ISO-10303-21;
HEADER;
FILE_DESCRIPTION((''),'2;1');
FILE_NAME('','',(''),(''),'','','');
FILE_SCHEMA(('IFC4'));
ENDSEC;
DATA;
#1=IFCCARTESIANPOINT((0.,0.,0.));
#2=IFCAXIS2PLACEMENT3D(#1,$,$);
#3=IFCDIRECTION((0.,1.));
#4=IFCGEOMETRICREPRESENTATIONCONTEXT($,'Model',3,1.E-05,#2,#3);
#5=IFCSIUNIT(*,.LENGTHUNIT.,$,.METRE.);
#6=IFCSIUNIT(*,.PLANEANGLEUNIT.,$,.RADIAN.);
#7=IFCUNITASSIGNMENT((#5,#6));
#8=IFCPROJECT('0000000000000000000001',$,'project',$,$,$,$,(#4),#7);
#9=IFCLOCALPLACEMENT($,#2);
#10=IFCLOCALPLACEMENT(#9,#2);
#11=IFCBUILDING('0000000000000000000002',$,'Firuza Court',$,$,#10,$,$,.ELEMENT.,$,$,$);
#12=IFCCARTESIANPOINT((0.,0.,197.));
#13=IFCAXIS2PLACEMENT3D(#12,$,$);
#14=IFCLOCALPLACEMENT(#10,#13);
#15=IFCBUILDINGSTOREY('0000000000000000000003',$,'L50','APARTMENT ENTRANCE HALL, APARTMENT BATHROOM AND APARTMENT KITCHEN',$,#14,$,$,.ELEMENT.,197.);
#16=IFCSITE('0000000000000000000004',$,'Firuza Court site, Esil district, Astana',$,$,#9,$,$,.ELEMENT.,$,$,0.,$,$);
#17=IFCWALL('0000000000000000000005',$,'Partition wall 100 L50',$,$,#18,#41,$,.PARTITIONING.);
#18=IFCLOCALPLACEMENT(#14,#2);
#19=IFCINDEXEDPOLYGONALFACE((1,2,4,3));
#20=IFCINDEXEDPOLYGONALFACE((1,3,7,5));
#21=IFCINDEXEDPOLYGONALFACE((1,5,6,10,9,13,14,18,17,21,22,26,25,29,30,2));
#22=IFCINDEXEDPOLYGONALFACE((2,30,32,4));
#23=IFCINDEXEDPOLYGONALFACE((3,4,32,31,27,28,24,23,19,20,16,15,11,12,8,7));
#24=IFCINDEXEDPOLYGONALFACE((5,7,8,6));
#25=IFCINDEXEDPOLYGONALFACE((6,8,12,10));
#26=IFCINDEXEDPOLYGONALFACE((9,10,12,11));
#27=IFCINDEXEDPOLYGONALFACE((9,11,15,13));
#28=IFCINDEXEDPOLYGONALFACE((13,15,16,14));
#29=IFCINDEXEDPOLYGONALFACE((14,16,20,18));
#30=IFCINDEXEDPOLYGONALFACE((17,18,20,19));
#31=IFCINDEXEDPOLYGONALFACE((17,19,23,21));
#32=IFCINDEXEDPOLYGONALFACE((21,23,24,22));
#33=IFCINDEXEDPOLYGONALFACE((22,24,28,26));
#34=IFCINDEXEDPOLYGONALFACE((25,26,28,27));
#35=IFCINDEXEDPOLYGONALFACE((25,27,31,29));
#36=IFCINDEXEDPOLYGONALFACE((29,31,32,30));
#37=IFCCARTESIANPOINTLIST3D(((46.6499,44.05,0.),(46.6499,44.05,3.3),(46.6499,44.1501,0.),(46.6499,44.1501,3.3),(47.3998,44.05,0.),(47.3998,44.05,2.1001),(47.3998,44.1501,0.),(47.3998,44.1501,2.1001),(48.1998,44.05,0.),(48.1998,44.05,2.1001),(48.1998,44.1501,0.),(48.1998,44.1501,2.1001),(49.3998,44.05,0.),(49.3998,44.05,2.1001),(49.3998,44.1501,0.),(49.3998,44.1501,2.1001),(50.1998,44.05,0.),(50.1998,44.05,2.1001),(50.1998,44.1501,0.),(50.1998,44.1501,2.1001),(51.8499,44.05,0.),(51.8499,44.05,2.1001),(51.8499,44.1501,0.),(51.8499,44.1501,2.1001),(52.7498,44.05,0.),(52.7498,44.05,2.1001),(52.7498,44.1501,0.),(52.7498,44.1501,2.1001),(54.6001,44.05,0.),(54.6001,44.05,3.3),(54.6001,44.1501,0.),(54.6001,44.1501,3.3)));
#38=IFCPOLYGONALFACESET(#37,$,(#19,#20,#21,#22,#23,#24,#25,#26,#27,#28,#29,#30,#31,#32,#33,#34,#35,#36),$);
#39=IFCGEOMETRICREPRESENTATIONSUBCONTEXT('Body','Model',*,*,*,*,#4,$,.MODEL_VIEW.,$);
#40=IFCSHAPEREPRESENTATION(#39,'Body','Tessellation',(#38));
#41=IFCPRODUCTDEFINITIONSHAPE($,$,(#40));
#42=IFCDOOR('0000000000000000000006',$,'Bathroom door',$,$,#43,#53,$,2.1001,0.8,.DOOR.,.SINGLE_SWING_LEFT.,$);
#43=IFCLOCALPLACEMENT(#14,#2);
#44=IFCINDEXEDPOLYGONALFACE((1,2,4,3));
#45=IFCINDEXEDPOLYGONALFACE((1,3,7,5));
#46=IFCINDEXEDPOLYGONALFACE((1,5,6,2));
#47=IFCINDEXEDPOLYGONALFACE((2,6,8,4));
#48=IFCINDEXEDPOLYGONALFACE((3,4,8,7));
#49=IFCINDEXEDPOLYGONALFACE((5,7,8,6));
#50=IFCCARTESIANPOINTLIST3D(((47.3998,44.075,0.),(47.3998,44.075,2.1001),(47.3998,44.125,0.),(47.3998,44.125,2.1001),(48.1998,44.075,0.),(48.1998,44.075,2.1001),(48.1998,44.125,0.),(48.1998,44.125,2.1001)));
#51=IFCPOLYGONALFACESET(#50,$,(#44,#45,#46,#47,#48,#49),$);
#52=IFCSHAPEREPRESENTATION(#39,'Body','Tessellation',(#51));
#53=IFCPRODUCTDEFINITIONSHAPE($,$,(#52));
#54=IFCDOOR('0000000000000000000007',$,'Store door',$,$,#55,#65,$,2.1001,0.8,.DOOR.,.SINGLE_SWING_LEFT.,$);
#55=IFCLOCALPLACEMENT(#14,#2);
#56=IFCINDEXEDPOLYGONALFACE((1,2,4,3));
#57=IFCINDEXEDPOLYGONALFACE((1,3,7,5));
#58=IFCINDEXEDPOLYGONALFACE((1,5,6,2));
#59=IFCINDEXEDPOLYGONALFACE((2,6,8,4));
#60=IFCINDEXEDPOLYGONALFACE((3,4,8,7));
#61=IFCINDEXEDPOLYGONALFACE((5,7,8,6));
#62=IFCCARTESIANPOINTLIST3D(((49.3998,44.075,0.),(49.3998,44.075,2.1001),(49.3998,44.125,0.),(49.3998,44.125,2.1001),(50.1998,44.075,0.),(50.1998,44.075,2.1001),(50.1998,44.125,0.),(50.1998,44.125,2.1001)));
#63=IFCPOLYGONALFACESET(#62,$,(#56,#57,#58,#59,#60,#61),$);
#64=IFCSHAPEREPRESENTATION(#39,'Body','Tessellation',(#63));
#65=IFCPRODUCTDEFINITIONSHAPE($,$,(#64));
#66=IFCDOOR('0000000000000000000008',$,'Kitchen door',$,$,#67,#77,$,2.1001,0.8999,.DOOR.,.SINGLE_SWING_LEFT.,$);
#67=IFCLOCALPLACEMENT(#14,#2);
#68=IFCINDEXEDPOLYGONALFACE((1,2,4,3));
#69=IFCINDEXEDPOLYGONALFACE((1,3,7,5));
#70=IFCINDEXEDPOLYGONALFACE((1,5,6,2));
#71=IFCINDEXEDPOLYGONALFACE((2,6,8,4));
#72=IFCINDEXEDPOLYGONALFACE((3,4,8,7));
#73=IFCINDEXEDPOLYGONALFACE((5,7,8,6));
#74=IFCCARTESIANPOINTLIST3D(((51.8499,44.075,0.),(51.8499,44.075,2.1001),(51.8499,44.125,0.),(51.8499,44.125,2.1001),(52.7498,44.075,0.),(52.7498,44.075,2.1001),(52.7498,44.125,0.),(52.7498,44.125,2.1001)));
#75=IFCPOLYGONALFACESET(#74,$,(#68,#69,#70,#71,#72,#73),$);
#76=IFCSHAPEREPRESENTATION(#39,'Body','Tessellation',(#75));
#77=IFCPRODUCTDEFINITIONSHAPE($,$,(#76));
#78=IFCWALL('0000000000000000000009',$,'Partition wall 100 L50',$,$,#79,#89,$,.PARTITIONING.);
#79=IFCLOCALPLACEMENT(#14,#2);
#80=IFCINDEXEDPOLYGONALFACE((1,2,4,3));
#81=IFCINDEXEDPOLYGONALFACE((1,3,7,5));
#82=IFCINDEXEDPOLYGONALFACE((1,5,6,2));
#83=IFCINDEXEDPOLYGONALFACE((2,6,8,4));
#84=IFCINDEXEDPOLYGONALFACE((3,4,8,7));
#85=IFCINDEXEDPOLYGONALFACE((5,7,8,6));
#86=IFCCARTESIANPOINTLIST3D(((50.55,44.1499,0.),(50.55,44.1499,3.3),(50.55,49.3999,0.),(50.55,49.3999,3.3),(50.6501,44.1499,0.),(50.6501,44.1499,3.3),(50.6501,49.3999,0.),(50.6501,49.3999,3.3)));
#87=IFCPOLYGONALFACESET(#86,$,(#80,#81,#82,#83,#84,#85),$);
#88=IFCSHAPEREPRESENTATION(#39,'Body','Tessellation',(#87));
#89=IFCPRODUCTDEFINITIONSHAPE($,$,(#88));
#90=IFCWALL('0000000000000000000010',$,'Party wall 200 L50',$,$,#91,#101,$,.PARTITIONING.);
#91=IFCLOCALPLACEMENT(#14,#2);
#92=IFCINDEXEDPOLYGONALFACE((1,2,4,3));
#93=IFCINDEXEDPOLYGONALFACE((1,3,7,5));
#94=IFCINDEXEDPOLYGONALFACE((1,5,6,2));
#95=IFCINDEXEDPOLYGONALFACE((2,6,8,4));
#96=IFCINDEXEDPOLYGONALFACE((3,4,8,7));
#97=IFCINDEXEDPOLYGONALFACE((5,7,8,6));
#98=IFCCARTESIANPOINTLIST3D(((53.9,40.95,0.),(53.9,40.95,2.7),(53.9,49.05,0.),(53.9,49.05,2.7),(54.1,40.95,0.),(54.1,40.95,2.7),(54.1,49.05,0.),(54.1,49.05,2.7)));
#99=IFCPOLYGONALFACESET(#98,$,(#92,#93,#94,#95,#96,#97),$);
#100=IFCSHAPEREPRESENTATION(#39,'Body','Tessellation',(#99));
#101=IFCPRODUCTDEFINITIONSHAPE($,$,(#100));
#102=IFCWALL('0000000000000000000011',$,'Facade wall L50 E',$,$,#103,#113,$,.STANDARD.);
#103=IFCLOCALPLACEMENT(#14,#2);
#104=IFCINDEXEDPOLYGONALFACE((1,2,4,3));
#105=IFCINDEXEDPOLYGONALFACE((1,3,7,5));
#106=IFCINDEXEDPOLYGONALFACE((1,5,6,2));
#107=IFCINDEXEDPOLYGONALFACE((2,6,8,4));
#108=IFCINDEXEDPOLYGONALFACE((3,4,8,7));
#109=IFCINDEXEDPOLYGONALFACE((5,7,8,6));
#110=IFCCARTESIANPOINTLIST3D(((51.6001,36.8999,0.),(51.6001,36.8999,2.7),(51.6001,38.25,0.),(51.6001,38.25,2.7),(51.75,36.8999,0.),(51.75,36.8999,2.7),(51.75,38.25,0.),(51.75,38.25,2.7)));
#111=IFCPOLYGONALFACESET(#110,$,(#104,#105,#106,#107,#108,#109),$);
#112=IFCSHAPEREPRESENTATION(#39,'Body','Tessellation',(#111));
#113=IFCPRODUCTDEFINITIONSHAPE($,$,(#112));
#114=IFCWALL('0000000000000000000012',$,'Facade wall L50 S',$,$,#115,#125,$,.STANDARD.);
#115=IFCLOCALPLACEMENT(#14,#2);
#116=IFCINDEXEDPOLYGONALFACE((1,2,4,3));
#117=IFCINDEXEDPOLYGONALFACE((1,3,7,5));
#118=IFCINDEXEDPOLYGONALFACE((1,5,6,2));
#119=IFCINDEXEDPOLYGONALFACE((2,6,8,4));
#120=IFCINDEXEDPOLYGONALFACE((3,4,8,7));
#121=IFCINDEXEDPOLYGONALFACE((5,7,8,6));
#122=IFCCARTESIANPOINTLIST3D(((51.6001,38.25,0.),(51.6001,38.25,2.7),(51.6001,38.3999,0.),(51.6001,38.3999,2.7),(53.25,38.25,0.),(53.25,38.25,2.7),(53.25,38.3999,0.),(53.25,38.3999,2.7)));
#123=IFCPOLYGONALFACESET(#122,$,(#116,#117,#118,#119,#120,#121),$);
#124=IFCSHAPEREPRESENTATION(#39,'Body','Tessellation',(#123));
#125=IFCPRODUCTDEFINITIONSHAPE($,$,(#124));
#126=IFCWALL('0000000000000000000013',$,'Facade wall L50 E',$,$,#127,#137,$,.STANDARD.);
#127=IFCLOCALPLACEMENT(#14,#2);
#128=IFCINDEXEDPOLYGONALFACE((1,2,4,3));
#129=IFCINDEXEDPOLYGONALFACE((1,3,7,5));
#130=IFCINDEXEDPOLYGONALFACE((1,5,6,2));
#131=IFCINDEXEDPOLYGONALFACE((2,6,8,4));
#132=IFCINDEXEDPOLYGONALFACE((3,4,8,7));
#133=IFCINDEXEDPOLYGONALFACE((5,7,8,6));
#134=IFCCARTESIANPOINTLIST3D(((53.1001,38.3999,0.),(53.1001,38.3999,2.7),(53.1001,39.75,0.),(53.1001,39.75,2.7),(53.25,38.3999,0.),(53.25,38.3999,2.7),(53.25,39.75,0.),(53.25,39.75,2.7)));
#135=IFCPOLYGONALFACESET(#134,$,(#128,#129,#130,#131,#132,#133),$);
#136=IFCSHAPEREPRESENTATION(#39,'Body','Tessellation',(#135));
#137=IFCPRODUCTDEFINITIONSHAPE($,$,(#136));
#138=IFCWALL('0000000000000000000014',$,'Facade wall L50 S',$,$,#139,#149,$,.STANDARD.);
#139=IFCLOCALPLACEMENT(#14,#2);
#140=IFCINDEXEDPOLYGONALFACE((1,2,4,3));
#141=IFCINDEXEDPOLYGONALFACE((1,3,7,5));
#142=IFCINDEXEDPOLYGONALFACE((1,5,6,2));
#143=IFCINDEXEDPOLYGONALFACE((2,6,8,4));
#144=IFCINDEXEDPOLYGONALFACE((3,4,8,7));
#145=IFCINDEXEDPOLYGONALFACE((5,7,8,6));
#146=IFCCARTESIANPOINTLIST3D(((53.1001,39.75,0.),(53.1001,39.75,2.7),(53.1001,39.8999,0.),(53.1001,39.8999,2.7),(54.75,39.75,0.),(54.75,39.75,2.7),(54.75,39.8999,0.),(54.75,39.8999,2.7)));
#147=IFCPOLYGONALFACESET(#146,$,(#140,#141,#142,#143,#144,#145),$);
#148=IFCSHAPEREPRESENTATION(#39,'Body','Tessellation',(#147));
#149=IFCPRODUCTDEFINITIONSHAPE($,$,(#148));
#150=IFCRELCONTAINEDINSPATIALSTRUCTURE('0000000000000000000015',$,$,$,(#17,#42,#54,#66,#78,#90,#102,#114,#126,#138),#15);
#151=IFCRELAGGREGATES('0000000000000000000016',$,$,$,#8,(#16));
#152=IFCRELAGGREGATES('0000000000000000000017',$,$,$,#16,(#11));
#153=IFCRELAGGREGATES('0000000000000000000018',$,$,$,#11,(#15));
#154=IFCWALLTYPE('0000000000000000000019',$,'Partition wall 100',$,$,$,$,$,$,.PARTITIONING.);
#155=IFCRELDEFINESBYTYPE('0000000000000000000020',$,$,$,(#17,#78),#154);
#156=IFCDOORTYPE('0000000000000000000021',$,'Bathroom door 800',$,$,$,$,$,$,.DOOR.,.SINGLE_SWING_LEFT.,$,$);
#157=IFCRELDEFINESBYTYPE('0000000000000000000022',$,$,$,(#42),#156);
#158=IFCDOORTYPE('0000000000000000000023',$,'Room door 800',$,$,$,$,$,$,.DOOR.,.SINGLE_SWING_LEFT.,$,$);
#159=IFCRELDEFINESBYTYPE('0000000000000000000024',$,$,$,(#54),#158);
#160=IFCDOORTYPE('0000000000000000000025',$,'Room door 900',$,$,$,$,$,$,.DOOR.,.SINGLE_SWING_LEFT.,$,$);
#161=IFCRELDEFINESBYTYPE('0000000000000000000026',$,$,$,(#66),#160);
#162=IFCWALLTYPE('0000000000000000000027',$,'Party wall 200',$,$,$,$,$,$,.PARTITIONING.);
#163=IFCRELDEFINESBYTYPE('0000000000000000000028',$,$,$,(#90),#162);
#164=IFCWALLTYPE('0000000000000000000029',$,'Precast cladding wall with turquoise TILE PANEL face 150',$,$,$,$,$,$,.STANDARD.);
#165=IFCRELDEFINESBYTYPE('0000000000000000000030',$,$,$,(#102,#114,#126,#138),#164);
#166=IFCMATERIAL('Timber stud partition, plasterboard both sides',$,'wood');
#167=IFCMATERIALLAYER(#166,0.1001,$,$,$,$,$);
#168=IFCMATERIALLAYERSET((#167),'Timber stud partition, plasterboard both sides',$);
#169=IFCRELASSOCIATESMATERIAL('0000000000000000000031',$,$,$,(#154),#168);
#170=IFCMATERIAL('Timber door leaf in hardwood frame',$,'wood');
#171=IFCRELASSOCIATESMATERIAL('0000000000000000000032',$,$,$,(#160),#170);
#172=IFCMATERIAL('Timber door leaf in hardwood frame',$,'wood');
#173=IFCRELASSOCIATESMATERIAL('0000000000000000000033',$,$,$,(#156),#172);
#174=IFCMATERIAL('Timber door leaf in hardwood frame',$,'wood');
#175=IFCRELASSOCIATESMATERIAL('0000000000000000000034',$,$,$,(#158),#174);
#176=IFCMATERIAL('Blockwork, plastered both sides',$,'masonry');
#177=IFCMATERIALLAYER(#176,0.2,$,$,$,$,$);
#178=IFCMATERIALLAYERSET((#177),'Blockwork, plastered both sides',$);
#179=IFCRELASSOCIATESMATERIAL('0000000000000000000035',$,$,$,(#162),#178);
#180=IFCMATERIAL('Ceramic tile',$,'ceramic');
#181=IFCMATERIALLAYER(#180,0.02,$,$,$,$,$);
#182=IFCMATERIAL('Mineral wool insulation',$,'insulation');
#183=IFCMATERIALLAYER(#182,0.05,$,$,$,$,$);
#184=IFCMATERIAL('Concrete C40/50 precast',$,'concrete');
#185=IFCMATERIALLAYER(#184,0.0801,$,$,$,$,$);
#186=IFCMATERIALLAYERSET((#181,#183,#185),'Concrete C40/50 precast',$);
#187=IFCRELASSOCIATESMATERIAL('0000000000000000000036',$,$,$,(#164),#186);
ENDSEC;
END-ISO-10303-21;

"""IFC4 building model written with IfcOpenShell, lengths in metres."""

from ifc_helpers import new_model, si_unit, direction, frame, frame_2d, origin, place, context, subcontext, project, spatial, rectangle, extrude, material, layer, layer_set, type_object, element, fill, save


model = new_model("IFC4")

# Units and contexts
model_context = context("Model", 3, precision=1e-05, world=origin(), true_north=direction((0.0, 1.0)))
body_context = subcontext(model_context, "Body", "Model", "MODEL_VIEW")
ifc_project = project(units=[si_unit("LENGTHUNIT", "METRE"), si_unit("PLANEANGLEUNIT", "RADIAN")], contexts=[model_context])

# Site, building, storey
site_placement = place(None, origin())
site = spatial("IfcSite", under=ifc_project, at=site_placement, Name="Firuza Court site, Esil district, Astana", CompositionType="ELEMENT", RefElevation=0.0)
building_placement = place(site_placement, origin())
building = spatial("IfcBuilding", under=site, at=building_placement, Name="Firuza Court", CompositionType="ELEMENT")
storey_placement = place(building_placement, frame((0.0, 0.0, 197.0)))
storey = spatial("IfcBuildingStorey", under=building, at=storey_placement, Name="L50", Description="APARTMENT ENTRANCE HALL, APARTMENT BATHROOM AND APARTMENT KITCHEN", CompositionType="ELEMENT", Elevation=197.0)

# Shared definitions
ifc_material_1 = material(Name="Timber stud partition, plasterboard both sides", Category="wood")
ifc_layer_1 = layer(ifc_material_1, 0.1001)
ifc_layer_set_1 = layer_set([ifc_layer_1], Name="Timber stud partition, plasterboard both sides")
wall_type_1 = type_object("IfcWallType", Name="Partition wall 100", PredefinedType="PARTITIONING", material=ifc_layer_set_1)
ifc_material_2 = material(Name="Timber door leaf in hardwood frame", Category="wood")
door_type_1 = type_object("IfcDoorType", Name="Room door 900", OperationType="SINGLE_SWING_LEFT", PredefinedType="DOOR", material=ifc_material_2)

# Wall, openings, doors
wall_1_placement = place(storey_placement, frame((46.6499, 44.1001, 0.0), z_axis=(0.0, 0.0, 1.0), x_axis=(1.0, 0.0, 0.0)))
wall_1 = element("IfcWall", 1, at=wall_1_placement, inside=storey, type_object=wall_type_1, Name="Partition wall 100 L50", PredefinedType="PARTITIONING", context=body_context, shape_type="SweptSolid", body=[
    extrude(rectangle(XDim=7.9502, YDim=0.1001, at=frame_2d((3.9751, 0.0))), origin(), (0.0, 0.0, 1.0), 3.3),
])
opening_1_placement = place(wall_1_placement, frame((0.75, 0.0, 0.0)))
opening_1 = element("IfcOpeningElement", 2, at=opening_1_placement, cuts=wall_1, PredefinedType="OPENING", context=body_context, shape_type="SweptSolid", body=[
    extrude(rectangle(XDim=0.8, YDim=2.1001, at=frame_2d((0.3999, 1.05))), frame((0.0, 0.062, 0.0), z_axis=(0.0, -1.0, 0.0), x_axis=(1.0, 0.0, 0.0)), (0.0, 0.0, 1.0), 0.124),
])
opening_2_placement = place(wall_1_placement, frame((5.2, 0.0, 0.0)))
opening_2 = element("IfcOpeningElement", 3, at=opening_2_placement, cuts=wall_1, PredefinedType="OPENING", context=body_context, shape_type="SweptSolid", body=[
    extrude(rectangle(XDim=0.8999, YDim=2.1001, at=frame_2d((0.45, 1.05))), frame((0.0, 0.062, 0.0), z_axis=(0.0, -1.0, 0.0), x_axis=(1.0, 0.0, 0.0)), (0.0, 0.0, 1.0), 0.124),
])
opening_3_placement = place(wall_1_placement, frame((2.75, 0.0, 0.0)))
opening_3 = element("IfcOpeningElement", 4, at=opening_3_placement, cuts=wall_1, PredefinedType="OPENING", context=body_context, shape_type="SweptSolid", body=[
    extrude(rectangle(XDim=0.8, YDim=2.1001, at=frame_2d((0.3999, 1.05))), frame((0.0, 0.062, 0.0), z_axis=(0.0, -1.0, 0.0), x_axis=(1.0, 0.0, 0.0)), (0.0, 0.0, 1.0), 0.124),
])
ifc_material_3 = material(Name="Timber door leaf in hardwood frame", Category="wood")
door_type_2 = type_object("IfcDoorType", Name="Bathroom door 800", OperationType="SINGLE_SWING_LEFT", PredefinedType="DOOR", material=ifc_material_3)
door_1_placement = place(opening_1_placement, origin())
door_1 = element("IfcDoor", 5, at=door_1_placement, inside=storey, type_object=door_type_2, Name="Bathroom door", OperationType="SINGLE_SWING_LEFT", OverallHeight=2.1001, OverallWidth=0.8, PredefinedType="DOOR", context=body_context, shape_type="SweptSolid", body=[
    extrude(rectangle(XDim=0.8, YDim=2.1001, at=frame_2d((0.3999, 1.05))), frame((0.0, 0.0249, 0.0), z_axis=(0.0, -1.0, 0.0), x_axis=(1.0, 0.0, 0.0)), (0.0, 0.0, 1.0), 0.05),
])
fill(opening_1, door_1)
ifc_material_4 = material(Name="Timber door leaf in hardwood frame", Category="wood")
door_type_3 = type_object("IfcDoorType", Name="Room door 800", OperationType="SINGLE_SWING_LEFT", PredefinedType="DOOR", material=ifc_material_4)
door_2_placement = place(opening_3_placement, origin())
door_2 = element("IfcDoor", 6, at=door_2_placement, inside=storey, type_object=door_type_3, Name="Store door", OperationType="SINGLE_SWING_LEFT", OverallHeight=2.1001, OverallWidth=0.8, PredefinedType="DOOR", context=body_context, shape_type="SweptSolid", body=[
    extrude(rectangle(XDim=0.8, YDim=2.1001, at=frame_2d((0.3999, 1.05))), frame((0.0, 0.0249, 0.0), z_axis=(0.0, -1.0, 0.0), x_axis=(1.0, 0.0, 0.0)), (0.0, 0.0, 1.0), 0.05),
])
fill(opening_3, door_2)
door_3_placement = place(opening_2_placement, origin())
door_3 = element("IfcDoor", 7, at=door_3_placement, inside=storey, type_object=door_type_1, Name="Kitchen door", OperationType="SINGLE_SWING_LEFT", OverallHeight=2.1001, OverallWidth=0.8999, PredefinedType="DOOR", context=body_context, shape_type="SweptSolid", body=[
    extrude(rectangle(XDim=0.8999, YDim=2.1001, at=frame_2d((0.45, 1.05))), frame((0.0, 0.0249, 0.0), z_axis=(0.0, -1.0, 0.0), x_axis=(1.0, 0.0, 0.0)), (0.0, 0.0, 1.0), 0.05),
])
fill(opening_2, door_3)

# Walls
wall_2_placement = place(storey_placement, frame((50.6001, 44.1499, 0.0), z_axis=(0.0, 0.0, 1.0), x_axis=(0.0, 1.0, 0.0)))
element("IfcWall", 8, at=wall_2_placement, inside=storey, type_object=wall_type_1, Name="Partition wall 100 L50", PredefinedType="PARTITIONING", context=body_context, shape_type="SweptSolid", body=[
    extrude(rectangle(XDim=5.25, YDim=0.1001, at=frame_2d((2.625, 0.0))), origin(), (0.0, 0.0, 1.0), 3.3),
])
ifc_material_5 = material(Name="Blockwork, plastered both sides", Category="masonry")
ifc_layer_2 = layer(ifc_material_5, 0.2)
ifc_layer_set_2 = layer_set([ifc_layer_2], Name="Blockwork, plastered both sides")
wall_type_2 = type_object("IfcWallType", Name="Party wall 200", PredefinedType="PARTITIONING", material=ifc_layer_set_2)
wall_3_placement = place(storey_placement, frame((54.0, 40.95, 0.0), z_axis=(0.0, 0.0, 1.0), x_axis=(0.0, 1.0, 0.0)))
element("IfcWall", 9, at=wall_3_placement, inside=storey, type_object=wall_type_2, Name="Party wall 200 L50", PredefinedType="PARTITIONING", context=body_context, shape_type="SweptSolid", body=[
    extrude(rectangle(XDim=8.1001, YDim=0.2, at=frame_2d((4.05, 0.0))), origin(), (0.0, 0.0, 1.0), 2.7),
])
ifc_material_6 = material(Name="Ceramic tile", Category="ceramic")
ifc_layer_3 = layer(ifc_material_6, 0.02)
ifc_material_7 = material(Name="Mineral wool insulation", Category="insulation")
ifc_layer_4 = layer(ifc_material_7, 0.05)
ifc_material_8 = material(Name="Concrete C40/50 precast", Category="concrete")
ifc_layer_5 = layer(ifc_material_8, 0.0801)
ifc_layer_set_3 = layer_set([ifc_layer_3, ifc_layer_4, ifc_layer_5], Name="Concrete C40/50 precast")
wall_type_3 = type_object("IfcWallType", Name="Precast cladding wall with turquoise TILE PANEL face 150", PredefinedType="STANDARD", material=ifc_layer_set_3)
wall_4_placement = place(storey_placement, frame((51.675, 36.8999, 0.0), z_axis=(0.0, 0.0, 1.0), x_axis=(0.0, 1.0, 0.0)))
element("IfcWall", 10, at=wall_4_placement, inside=storey, type_object=wall_type_3, Name="Facade wall L50 E", PredefinedType="STANDARD", context=body_context, shape_type="SweptSolid", body=[
    extrude(rectangle(XDim=1.3501, YDim=0.1499, at=frame_2d((0.675, 0.0))), origin(), (0.0, 0.0, 1.0), 2.7),
])
wall_5_placement = place(storey_placement, frame((51.6001, 38.325, 0.0), z_axis=(0.0, 0.0, 1.0), x_axis=(1.0, 0.0, 0.0)))
element("IfcWall", 11, at=wall_5_placement, inside=storey, type_object=wall_type_3, Name="Facade wall L50 S", PredefinedType="STANDARD", context=body_context, shape_type="SweptSolid", body=[
    extrude(rectangle(XDim=1.6499, YDim=0.1499, at=frame_2d((0.825, 0.0))), origin(), (0.0, 0.0, 1.0), 2.7),
])
wall_6_placement = place(storey_placement, frame((53.175, 38.3999, 0.0), z_axis=(0.0, 0.0, 1.0), x_axis=(0.0, 1.0, 0.0)))
element("IfcWall", 12, at=wall_6_placement, inside=storey, type_object=wall_type_3, Name="Facade wall L50 E", PredefinedType="STANDARD", context=body_context, shape_type="SweptSolid", body=[
    extrude(rectangle(XDim=1.3501, YDim=0.1499, at=frame_2d((0.675, 0.0))), origin(), (0.0, 0.0, 1.0), 2.7),
])
wall_7_placement = place(storey_placement, frame((53.1001, 39.825, 0.0), z_axis=(0.0, 0.0, 1.0), x_axis=(1.0, 0.0, 0.0)))
element("IfcWall", 13, at=wall_7_placement, inside=storey, type_object=wall_type_3, Name="Facade wall L50 S", PredefinedType="STANDARD", context=body_context, shape_type="SweptSolid", body=[
    extrude(rectangle(XDim=1.6499, YDim=0.1499, at=frame_2d((0.825, 0.0))), origin(), (0.0, 0.0, 1.0), 2.7),
])

save(model, "model.ifc")
